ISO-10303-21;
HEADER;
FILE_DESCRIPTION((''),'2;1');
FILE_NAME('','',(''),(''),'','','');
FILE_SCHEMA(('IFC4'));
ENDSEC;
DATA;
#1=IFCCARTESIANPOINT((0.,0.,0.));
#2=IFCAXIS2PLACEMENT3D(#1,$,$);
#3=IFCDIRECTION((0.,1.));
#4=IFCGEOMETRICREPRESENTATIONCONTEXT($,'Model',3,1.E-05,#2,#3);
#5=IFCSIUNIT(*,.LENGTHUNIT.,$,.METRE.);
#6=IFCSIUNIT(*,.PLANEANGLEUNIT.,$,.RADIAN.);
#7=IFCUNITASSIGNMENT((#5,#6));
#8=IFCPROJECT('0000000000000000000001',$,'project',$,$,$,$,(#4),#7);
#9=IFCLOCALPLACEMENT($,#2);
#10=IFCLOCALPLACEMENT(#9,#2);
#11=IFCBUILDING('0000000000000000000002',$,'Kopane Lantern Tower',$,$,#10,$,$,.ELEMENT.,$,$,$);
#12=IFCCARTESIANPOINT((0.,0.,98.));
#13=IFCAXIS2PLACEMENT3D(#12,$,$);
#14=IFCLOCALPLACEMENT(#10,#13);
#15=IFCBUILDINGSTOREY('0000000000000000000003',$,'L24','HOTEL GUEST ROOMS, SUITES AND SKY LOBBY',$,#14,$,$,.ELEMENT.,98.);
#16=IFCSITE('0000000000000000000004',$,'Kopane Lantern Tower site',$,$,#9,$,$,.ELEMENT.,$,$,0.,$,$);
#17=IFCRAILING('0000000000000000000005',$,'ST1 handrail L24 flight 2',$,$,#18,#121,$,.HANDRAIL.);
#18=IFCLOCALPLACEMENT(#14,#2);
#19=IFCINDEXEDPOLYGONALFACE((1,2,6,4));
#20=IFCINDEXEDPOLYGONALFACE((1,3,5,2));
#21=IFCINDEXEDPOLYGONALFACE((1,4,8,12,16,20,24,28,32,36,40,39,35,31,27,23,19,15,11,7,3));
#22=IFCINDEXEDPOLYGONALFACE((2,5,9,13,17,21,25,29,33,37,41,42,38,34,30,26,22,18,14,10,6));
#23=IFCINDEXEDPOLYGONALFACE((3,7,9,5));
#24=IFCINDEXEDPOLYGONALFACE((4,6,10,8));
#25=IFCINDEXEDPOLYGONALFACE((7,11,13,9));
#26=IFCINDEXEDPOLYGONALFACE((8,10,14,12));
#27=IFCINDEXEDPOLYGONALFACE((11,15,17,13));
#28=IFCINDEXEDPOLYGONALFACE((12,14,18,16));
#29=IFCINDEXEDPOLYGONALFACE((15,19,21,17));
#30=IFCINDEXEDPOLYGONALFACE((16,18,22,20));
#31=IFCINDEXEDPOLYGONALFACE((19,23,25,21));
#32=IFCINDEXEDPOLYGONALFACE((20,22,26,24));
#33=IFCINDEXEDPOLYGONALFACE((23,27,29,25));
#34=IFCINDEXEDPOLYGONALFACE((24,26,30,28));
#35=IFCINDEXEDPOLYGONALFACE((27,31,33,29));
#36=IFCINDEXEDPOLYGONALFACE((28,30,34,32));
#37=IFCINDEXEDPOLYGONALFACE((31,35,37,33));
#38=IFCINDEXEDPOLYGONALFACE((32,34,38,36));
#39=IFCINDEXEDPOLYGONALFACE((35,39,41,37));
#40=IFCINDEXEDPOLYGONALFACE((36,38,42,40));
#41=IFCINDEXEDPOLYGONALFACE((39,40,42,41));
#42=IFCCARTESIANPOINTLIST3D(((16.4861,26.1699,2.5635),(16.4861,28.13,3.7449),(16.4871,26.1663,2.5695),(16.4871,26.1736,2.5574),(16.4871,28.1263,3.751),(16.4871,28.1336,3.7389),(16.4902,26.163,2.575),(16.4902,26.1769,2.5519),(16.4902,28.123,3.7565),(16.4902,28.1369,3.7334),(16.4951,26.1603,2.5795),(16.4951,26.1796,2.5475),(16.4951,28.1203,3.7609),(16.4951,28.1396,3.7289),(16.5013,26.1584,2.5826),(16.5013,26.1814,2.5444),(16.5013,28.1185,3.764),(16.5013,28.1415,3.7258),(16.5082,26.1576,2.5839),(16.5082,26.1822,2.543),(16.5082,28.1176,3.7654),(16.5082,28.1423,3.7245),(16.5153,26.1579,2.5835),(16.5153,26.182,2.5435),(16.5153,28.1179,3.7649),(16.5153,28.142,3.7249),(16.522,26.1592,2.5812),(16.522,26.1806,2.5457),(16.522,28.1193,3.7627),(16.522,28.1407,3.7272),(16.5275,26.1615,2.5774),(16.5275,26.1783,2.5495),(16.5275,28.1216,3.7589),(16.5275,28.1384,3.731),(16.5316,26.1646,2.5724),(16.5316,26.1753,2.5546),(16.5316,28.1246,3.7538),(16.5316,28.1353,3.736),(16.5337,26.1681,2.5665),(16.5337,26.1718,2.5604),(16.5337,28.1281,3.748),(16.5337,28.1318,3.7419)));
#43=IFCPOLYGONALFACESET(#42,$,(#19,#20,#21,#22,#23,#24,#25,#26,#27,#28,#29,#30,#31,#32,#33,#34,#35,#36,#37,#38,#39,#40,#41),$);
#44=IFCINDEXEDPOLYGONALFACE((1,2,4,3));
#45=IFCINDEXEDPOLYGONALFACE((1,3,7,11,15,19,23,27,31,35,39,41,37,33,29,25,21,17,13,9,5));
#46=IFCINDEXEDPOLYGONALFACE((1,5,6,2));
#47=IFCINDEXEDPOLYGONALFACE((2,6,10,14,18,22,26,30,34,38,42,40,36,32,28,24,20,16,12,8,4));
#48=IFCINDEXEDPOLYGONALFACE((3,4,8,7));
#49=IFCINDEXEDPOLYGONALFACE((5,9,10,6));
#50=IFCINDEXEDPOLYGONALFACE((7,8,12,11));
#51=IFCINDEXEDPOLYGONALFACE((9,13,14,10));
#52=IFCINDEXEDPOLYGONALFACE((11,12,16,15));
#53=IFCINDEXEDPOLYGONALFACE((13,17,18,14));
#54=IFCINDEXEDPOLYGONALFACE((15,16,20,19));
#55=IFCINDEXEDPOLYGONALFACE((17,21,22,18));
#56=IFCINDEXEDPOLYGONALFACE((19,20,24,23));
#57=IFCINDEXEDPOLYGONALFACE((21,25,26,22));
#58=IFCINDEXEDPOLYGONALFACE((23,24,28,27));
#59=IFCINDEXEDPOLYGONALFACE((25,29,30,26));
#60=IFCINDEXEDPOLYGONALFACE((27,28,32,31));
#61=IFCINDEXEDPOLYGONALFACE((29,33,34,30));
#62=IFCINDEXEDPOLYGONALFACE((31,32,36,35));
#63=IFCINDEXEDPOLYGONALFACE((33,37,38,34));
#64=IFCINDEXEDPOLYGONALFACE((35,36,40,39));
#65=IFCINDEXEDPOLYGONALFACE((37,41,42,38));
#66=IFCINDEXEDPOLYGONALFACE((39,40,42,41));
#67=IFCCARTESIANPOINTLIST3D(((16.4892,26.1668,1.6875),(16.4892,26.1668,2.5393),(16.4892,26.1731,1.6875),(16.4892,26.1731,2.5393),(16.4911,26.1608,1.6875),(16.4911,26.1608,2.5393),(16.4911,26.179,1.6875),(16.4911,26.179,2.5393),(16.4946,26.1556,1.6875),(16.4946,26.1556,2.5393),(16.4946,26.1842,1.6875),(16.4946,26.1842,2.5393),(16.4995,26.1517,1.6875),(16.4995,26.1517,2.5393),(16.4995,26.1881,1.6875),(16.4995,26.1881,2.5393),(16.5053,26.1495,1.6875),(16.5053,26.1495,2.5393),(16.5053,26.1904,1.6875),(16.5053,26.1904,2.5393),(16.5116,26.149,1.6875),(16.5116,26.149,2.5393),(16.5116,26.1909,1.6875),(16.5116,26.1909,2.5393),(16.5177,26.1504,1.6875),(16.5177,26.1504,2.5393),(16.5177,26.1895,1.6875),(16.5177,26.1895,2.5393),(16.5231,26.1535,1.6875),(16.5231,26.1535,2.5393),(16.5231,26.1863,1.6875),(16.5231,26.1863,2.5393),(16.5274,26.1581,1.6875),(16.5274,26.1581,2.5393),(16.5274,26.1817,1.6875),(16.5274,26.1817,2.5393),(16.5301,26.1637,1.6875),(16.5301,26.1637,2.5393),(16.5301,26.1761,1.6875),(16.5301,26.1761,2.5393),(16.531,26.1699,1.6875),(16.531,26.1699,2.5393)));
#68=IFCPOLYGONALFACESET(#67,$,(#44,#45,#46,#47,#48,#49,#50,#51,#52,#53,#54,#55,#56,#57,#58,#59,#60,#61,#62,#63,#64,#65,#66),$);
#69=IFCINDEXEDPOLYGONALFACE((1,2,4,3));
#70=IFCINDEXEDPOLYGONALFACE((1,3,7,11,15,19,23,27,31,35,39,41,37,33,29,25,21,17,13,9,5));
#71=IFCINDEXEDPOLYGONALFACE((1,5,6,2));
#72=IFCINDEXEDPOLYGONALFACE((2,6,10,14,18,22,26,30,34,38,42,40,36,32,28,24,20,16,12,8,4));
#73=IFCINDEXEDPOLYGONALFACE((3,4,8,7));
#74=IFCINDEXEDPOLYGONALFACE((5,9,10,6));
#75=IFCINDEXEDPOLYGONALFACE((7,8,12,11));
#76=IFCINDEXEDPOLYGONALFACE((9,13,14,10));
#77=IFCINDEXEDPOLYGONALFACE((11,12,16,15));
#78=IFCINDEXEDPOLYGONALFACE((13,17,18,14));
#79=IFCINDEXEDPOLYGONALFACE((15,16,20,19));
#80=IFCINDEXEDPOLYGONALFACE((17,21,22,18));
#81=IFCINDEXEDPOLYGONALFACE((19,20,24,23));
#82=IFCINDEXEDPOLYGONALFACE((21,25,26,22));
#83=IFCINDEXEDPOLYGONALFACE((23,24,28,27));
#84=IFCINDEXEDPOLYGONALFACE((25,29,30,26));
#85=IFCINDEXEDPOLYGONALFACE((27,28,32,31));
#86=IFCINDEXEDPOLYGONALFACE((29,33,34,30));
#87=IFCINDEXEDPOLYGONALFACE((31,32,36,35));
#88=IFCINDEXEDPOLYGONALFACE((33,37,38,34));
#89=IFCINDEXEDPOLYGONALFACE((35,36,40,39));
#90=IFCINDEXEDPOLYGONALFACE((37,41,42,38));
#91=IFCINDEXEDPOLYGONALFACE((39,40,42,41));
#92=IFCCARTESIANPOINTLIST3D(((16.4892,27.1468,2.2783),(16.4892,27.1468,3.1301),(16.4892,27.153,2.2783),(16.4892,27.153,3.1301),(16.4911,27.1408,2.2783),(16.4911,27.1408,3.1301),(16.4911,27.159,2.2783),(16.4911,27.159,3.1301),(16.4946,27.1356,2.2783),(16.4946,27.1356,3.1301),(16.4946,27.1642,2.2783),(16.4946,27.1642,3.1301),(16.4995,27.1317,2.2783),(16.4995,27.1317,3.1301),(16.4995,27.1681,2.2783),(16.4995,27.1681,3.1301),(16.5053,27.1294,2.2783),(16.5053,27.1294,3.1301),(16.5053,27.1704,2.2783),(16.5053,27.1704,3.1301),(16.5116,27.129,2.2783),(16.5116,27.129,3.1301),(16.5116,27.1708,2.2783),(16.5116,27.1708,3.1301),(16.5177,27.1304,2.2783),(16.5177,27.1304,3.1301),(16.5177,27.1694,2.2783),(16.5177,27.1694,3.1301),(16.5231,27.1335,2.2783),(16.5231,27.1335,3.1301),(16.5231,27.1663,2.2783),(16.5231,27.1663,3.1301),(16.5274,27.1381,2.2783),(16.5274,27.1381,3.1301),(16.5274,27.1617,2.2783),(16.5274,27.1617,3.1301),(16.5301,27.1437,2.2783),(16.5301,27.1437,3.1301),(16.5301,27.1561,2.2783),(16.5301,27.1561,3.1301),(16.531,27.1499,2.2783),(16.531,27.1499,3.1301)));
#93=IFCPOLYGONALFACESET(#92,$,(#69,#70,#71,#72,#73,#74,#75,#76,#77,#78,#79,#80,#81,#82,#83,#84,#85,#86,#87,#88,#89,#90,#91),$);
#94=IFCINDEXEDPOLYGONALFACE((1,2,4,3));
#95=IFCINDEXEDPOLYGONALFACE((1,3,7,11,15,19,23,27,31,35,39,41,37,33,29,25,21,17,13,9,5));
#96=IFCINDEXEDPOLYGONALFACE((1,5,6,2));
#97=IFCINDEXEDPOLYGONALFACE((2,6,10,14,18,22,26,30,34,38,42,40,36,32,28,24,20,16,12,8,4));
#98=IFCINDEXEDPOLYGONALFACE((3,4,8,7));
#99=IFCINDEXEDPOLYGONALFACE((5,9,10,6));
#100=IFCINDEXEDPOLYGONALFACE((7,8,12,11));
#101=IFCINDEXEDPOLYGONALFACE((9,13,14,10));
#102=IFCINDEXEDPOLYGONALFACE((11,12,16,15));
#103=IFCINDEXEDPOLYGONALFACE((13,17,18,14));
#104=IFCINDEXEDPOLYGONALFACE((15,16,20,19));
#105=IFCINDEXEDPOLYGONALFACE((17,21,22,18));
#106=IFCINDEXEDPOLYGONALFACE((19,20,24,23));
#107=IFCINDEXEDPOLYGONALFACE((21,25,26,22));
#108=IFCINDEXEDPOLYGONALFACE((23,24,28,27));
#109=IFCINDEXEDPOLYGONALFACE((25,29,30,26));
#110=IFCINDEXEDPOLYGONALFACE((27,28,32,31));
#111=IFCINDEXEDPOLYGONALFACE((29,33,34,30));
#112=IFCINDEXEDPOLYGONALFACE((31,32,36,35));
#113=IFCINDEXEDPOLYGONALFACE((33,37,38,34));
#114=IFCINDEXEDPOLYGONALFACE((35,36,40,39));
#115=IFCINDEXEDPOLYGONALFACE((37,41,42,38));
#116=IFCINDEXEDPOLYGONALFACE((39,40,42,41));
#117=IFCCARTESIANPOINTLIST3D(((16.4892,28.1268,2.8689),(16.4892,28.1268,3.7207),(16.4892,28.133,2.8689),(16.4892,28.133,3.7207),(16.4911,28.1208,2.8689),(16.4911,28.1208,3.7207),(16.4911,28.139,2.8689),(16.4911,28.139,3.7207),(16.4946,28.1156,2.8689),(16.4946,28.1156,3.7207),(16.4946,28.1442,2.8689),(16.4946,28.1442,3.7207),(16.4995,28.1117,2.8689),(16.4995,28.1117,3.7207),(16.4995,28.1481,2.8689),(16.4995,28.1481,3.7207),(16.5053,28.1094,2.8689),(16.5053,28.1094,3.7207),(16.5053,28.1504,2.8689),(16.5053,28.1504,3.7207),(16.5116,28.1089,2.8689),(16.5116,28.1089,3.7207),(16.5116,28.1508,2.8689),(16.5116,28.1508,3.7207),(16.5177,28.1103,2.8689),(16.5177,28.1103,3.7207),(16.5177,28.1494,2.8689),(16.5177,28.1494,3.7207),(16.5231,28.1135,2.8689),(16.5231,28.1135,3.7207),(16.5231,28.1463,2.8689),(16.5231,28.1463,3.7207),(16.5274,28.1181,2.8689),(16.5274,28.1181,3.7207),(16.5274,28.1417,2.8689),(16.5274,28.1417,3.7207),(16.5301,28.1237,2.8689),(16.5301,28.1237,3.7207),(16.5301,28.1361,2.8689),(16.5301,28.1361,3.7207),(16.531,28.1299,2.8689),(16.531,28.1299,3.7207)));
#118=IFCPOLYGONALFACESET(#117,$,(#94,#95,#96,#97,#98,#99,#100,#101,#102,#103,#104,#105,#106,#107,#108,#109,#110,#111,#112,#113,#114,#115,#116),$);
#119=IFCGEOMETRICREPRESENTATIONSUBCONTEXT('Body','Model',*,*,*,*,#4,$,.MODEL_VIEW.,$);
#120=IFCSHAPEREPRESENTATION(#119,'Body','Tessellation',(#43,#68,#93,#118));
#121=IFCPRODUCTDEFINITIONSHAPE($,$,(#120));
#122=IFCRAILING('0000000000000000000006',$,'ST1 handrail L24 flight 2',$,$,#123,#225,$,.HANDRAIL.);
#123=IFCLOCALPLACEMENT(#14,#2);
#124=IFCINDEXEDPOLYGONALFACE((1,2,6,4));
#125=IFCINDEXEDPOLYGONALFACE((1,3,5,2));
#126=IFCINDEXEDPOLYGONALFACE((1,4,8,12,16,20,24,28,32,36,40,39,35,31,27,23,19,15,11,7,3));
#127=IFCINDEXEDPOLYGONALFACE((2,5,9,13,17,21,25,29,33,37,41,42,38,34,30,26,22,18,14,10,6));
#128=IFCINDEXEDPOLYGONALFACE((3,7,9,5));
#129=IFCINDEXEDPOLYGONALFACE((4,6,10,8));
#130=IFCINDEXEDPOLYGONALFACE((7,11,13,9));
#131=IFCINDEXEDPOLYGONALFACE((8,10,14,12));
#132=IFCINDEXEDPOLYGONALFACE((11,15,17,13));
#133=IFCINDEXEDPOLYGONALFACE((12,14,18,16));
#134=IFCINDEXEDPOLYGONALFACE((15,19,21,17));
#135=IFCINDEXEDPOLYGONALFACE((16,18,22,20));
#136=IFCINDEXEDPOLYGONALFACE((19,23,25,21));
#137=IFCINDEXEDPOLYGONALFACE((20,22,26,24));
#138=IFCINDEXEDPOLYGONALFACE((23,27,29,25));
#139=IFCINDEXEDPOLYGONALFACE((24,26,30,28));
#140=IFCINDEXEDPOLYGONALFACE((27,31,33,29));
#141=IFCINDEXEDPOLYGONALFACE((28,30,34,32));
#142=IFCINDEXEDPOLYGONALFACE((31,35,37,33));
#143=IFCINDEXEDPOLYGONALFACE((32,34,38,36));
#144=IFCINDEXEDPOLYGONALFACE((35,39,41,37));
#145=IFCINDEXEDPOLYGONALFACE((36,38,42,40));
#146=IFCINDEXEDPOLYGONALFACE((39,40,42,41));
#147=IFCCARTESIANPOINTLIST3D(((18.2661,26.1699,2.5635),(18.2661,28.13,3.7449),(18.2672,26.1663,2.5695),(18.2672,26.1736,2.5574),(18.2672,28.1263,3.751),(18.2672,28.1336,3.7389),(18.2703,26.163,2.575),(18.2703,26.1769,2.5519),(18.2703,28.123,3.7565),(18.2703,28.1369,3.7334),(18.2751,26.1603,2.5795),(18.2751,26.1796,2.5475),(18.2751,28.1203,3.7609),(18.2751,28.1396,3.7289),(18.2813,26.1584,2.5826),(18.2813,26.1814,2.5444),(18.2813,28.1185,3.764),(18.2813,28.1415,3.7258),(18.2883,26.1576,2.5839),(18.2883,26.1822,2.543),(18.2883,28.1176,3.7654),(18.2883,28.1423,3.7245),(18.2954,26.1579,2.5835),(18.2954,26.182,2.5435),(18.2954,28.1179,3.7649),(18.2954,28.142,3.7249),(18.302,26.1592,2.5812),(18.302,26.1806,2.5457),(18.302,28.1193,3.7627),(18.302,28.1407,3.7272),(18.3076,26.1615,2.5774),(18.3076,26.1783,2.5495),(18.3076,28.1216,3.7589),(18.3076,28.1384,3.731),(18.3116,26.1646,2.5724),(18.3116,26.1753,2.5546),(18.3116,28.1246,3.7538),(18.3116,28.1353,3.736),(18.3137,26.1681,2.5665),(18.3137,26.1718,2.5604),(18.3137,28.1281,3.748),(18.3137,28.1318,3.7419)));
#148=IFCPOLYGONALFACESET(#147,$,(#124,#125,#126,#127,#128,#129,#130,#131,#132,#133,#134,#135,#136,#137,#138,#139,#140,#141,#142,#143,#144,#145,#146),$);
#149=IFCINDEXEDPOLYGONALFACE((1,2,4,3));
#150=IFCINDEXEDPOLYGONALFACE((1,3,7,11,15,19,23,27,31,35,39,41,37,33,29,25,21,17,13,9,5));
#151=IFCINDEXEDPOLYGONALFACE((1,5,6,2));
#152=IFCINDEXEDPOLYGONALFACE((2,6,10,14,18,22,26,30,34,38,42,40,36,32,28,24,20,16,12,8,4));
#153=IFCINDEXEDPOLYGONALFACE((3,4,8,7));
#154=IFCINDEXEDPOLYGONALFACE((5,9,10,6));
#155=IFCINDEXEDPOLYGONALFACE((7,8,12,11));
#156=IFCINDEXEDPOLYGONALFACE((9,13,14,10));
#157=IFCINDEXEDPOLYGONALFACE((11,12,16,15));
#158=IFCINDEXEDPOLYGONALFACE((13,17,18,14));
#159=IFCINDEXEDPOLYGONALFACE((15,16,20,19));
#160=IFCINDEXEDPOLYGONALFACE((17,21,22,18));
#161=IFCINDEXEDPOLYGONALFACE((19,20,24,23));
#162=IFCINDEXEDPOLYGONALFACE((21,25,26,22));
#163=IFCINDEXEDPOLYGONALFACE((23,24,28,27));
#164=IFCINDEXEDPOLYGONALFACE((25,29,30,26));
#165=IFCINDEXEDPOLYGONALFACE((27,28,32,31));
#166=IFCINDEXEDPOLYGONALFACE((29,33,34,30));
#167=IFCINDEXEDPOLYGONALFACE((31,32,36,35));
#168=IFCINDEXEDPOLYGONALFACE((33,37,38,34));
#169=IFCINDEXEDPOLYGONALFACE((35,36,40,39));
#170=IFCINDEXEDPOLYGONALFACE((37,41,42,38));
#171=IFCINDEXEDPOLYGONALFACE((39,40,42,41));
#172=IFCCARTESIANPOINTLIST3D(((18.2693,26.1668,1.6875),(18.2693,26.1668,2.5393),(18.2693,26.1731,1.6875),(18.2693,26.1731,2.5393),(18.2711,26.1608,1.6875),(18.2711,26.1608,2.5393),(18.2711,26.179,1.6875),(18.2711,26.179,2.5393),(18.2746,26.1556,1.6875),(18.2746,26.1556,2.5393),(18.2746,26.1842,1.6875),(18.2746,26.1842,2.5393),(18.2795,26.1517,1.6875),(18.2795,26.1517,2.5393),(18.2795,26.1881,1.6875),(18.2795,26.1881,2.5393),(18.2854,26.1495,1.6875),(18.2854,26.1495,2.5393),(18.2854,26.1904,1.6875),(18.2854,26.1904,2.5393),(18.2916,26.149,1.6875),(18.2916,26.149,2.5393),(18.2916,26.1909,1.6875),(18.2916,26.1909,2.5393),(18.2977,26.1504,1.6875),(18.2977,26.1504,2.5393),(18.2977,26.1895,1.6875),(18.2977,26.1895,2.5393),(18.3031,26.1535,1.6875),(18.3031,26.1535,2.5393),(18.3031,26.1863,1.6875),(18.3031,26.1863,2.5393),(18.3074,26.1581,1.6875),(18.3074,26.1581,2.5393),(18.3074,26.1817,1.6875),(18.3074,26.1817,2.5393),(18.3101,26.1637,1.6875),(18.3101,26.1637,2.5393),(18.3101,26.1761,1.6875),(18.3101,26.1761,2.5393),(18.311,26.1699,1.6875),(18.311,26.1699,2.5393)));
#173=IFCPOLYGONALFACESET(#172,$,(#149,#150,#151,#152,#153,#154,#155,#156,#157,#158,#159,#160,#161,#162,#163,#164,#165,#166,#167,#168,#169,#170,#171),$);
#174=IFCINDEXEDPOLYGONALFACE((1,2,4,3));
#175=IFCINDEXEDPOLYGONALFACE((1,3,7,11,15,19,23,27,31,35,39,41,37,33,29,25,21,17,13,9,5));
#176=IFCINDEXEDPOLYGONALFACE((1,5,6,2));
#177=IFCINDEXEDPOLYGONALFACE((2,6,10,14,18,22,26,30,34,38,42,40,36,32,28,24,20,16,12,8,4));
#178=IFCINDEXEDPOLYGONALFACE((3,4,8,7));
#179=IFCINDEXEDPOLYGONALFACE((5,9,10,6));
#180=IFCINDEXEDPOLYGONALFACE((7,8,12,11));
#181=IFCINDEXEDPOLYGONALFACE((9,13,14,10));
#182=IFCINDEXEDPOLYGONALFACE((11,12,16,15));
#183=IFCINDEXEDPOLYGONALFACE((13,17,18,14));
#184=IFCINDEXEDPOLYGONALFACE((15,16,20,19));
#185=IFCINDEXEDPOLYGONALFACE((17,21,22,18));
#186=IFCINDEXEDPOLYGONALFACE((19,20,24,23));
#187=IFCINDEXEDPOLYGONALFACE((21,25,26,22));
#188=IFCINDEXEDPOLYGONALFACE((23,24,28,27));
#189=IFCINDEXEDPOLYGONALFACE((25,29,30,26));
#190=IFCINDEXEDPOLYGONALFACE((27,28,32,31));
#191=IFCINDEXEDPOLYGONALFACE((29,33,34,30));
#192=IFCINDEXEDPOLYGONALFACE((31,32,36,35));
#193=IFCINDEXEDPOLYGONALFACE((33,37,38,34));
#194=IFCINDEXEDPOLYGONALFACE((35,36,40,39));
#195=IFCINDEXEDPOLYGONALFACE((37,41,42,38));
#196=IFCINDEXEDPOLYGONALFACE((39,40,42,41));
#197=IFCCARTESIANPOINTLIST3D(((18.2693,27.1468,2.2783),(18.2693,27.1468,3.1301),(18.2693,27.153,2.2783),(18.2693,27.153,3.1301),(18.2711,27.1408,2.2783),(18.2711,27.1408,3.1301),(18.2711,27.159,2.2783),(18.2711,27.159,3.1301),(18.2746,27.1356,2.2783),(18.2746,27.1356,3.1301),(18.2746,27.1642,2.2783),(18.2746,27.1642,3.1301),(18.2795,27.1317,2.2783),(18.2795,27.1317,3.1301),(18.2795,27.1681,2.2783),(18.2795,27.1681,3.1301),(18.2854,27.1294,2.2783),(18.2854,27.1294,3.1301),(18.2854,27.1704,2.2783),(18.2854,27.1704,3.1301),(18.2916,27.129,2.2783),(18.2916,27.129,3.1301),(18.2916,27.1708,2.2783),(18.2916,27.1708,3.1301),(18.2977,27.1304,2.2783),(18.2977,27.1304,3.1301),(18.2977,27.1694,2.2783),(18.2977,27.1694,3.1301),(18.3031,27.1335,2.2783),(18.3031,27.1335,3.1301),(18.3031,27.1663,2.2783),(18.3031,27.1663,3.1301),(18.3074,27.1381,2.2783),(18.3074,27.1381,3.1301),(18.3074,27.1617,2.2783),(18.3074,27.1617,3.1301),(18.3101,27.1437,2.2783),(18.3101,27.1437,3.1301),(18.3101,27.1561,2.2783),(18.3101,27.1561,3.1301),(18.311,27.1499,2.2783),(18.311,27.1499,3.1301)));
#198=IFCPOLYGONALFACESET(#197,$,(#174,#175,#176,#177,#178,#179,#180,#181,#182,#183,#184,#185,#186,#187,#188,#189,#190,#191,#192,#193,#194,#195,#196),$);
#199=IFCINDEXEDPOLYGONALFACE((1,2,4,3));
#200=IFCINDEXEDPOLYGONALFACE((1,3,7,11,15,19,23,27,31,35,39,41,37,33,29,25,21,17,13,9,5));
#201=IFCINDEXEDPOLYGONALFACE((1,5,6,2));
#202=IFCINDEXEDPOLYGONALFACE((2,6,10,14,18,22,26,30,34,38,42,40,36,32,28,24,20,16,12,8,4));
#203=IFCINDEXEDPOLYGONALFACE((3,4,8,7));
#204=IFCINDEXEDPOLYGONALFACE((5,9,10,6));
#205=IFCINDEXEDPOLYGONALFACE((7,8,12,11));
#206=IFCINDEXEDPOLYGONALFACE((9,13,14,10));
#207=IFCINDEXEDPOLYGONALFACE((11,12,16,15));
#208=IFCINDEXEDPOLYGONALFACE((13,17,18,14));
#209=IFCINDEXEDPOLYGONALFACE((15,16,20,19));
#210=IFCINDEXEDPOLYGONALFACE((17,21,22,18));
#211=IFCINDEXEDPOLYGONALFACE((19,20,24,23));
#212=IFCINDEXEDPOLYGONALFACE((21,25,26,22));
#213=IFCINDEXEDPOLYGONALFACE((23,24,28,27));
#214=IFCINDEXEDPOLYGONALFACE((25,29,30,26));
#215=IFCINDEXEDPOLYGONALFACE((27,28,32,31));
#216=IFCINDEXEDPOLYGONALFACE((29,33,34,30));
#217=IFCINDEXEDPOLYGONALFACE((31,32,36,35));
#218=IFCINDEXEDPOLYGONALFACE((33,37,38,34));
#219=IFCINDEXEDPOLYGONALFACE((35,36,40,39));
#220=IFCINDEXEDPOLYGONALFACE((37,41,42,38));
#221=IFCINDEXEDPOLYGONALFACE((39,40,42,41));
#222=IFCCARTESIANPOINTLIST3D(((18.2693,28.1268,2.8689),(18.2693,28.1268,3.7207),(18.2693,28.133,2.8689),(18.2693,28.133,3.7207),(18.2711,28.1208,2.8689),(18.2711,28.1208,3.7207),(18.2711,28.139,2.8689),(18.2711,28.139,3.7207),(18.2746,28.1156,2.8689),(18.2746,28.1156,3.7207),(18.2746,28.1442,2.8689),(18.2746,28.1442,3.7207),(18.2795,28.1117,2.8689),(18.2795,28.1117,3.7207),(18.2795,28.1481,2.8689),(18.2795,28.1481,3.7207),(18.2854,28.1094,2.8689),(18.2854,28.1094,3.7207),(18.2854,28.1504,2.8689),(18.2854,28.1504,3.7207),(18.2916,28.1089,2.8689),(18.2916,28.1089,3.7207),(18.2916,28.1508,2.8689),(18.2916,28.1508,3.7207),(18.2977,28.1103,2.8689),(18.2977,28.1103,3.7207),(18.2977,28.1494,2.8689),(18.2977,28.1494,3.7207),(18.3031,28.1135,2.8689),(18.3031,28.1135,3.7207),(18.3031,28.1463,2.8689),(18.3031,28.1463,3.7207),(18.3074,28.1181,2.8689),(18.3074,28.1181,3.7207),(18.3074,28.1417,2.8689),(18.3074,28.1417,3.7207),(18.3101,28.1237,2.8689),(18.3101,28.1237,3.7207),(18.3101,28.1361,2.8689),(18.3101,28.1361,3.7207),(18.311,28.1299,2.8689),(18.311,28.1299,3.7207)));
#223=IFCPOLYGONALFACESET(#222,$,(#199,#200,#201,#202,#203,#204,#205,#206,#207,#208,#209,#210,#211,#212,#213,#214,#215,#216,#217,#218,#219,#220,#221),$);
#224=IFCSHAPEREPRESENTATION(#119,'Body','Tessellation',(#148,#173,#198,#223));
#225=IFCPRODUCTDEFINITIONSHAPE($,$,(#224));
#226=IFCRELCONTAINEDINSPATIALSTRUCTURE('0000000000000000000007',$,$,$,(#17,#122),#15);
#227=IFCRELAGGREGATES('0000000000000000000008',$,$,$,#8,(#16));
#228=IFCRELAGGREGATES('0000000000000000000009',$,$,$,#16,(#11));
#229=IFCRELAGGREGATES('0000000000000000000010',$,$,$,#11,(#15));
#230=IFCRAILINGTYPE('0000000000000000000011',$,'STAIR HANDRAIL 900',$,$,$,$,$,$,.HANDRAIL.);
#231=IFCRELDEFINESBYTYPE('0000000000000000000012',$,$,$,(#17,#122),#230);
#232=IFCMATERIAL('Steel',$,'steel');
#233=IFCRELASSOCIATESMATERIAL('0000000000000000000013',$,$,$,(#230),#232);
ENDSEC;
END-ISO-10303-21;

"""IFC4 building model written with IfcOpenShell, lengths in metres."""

from ifc_helpers import new_model, si_unit, direction, frame, origin, origin_2d, place, context, subcontext, project, spatial, circle, extrude, material, type_object, element, save


model = new_model("IFC4")

# Units and contexts
model_context = context("Model", 3, precision=1e-05, world=origin(), true_north=direction((0.0, 1.0)))
body_context = subcontext(model_context, "Body", "Model", "MODEL_VIEW")
ifc_project = project(units=[si_unit("LENGTHUNIT", "METRE"), si_unit("PLANEANGLEUNIT", "RADIAN")], contexts=[model_context])

# Site, building, storey
site_placement = place(None, origin())
site = spatial("IfcSite", under=ifc_project, at=site_placement, Name="Kopane Lantern Tower site", CompositionType="ELEMENT", RefElevation=0.0)
building_placement = place(site_placement, origin())
building = spatial("IfcBuilding", under=site, at=building_placement, Name="Kopane Lantern Tower", CompositionType="ELEMENT")
storey_placement = place(building_placement, frame((0.0, 0.0, 98.0)))
storey = spatial("IfcBuildingStorey", under=building, at=storey_placement, Name="L24", Description="HOTEL GUEST ROOMS, SUITES AND SKY LOBBY", CompositionType="ELEMENT", Elevation=98.0)

# Railings
ifc_material_1 = material(Name="Steel", Category="steel")
railing_type = type_object("IfcRailingType", Name="STAIR HANDRAIL 900", PredefinedType="HANDRAIL", material=ifc_material_1)
for number, where, name in (
    (1, (16.51, 26.1699, 1.6875), "ST1 handrail L24 flight 2"),
    (2, (18.29, 26.1699, 1.6875), "ST1 handrail L24 flight 2"),
):
    element("IfcRailing", number, at=place(storey_placement, frame(where)), inside=storey, type_object=railing_type, Name=name, PredefinedType="HANDRAIL", context=body_context, shape_type="SweptSolid", body=[
        extrude(circle(Radius=0.0239, at=origin_2d()), frame((0.0, 0.0, 0.876), z_axis=(0.0, 0.856446, 0.516236), x_axis=(-1.0, 0.0, 0.0)), (0.0, 0.0, 1.0), 2.2886),
        extrude(circle(Radius=0.021, at=origin_2d()), origin(), (0.0, 0.0, 1.0), 0.8518),
        extrude(circle(Radius=0.021, at=origin_2d()), frame((0.0, 0.98, 0.5908)), (0.0, 0.0, 1.0), 0.8518),
        extrude(circle(Radius=0.021, at=origin_2d()), frame((0.0, 1.96, 1.1814)), (0.0, 0.0, 1.0), 0.8518),
    ])

save(model, "model.ifc")
